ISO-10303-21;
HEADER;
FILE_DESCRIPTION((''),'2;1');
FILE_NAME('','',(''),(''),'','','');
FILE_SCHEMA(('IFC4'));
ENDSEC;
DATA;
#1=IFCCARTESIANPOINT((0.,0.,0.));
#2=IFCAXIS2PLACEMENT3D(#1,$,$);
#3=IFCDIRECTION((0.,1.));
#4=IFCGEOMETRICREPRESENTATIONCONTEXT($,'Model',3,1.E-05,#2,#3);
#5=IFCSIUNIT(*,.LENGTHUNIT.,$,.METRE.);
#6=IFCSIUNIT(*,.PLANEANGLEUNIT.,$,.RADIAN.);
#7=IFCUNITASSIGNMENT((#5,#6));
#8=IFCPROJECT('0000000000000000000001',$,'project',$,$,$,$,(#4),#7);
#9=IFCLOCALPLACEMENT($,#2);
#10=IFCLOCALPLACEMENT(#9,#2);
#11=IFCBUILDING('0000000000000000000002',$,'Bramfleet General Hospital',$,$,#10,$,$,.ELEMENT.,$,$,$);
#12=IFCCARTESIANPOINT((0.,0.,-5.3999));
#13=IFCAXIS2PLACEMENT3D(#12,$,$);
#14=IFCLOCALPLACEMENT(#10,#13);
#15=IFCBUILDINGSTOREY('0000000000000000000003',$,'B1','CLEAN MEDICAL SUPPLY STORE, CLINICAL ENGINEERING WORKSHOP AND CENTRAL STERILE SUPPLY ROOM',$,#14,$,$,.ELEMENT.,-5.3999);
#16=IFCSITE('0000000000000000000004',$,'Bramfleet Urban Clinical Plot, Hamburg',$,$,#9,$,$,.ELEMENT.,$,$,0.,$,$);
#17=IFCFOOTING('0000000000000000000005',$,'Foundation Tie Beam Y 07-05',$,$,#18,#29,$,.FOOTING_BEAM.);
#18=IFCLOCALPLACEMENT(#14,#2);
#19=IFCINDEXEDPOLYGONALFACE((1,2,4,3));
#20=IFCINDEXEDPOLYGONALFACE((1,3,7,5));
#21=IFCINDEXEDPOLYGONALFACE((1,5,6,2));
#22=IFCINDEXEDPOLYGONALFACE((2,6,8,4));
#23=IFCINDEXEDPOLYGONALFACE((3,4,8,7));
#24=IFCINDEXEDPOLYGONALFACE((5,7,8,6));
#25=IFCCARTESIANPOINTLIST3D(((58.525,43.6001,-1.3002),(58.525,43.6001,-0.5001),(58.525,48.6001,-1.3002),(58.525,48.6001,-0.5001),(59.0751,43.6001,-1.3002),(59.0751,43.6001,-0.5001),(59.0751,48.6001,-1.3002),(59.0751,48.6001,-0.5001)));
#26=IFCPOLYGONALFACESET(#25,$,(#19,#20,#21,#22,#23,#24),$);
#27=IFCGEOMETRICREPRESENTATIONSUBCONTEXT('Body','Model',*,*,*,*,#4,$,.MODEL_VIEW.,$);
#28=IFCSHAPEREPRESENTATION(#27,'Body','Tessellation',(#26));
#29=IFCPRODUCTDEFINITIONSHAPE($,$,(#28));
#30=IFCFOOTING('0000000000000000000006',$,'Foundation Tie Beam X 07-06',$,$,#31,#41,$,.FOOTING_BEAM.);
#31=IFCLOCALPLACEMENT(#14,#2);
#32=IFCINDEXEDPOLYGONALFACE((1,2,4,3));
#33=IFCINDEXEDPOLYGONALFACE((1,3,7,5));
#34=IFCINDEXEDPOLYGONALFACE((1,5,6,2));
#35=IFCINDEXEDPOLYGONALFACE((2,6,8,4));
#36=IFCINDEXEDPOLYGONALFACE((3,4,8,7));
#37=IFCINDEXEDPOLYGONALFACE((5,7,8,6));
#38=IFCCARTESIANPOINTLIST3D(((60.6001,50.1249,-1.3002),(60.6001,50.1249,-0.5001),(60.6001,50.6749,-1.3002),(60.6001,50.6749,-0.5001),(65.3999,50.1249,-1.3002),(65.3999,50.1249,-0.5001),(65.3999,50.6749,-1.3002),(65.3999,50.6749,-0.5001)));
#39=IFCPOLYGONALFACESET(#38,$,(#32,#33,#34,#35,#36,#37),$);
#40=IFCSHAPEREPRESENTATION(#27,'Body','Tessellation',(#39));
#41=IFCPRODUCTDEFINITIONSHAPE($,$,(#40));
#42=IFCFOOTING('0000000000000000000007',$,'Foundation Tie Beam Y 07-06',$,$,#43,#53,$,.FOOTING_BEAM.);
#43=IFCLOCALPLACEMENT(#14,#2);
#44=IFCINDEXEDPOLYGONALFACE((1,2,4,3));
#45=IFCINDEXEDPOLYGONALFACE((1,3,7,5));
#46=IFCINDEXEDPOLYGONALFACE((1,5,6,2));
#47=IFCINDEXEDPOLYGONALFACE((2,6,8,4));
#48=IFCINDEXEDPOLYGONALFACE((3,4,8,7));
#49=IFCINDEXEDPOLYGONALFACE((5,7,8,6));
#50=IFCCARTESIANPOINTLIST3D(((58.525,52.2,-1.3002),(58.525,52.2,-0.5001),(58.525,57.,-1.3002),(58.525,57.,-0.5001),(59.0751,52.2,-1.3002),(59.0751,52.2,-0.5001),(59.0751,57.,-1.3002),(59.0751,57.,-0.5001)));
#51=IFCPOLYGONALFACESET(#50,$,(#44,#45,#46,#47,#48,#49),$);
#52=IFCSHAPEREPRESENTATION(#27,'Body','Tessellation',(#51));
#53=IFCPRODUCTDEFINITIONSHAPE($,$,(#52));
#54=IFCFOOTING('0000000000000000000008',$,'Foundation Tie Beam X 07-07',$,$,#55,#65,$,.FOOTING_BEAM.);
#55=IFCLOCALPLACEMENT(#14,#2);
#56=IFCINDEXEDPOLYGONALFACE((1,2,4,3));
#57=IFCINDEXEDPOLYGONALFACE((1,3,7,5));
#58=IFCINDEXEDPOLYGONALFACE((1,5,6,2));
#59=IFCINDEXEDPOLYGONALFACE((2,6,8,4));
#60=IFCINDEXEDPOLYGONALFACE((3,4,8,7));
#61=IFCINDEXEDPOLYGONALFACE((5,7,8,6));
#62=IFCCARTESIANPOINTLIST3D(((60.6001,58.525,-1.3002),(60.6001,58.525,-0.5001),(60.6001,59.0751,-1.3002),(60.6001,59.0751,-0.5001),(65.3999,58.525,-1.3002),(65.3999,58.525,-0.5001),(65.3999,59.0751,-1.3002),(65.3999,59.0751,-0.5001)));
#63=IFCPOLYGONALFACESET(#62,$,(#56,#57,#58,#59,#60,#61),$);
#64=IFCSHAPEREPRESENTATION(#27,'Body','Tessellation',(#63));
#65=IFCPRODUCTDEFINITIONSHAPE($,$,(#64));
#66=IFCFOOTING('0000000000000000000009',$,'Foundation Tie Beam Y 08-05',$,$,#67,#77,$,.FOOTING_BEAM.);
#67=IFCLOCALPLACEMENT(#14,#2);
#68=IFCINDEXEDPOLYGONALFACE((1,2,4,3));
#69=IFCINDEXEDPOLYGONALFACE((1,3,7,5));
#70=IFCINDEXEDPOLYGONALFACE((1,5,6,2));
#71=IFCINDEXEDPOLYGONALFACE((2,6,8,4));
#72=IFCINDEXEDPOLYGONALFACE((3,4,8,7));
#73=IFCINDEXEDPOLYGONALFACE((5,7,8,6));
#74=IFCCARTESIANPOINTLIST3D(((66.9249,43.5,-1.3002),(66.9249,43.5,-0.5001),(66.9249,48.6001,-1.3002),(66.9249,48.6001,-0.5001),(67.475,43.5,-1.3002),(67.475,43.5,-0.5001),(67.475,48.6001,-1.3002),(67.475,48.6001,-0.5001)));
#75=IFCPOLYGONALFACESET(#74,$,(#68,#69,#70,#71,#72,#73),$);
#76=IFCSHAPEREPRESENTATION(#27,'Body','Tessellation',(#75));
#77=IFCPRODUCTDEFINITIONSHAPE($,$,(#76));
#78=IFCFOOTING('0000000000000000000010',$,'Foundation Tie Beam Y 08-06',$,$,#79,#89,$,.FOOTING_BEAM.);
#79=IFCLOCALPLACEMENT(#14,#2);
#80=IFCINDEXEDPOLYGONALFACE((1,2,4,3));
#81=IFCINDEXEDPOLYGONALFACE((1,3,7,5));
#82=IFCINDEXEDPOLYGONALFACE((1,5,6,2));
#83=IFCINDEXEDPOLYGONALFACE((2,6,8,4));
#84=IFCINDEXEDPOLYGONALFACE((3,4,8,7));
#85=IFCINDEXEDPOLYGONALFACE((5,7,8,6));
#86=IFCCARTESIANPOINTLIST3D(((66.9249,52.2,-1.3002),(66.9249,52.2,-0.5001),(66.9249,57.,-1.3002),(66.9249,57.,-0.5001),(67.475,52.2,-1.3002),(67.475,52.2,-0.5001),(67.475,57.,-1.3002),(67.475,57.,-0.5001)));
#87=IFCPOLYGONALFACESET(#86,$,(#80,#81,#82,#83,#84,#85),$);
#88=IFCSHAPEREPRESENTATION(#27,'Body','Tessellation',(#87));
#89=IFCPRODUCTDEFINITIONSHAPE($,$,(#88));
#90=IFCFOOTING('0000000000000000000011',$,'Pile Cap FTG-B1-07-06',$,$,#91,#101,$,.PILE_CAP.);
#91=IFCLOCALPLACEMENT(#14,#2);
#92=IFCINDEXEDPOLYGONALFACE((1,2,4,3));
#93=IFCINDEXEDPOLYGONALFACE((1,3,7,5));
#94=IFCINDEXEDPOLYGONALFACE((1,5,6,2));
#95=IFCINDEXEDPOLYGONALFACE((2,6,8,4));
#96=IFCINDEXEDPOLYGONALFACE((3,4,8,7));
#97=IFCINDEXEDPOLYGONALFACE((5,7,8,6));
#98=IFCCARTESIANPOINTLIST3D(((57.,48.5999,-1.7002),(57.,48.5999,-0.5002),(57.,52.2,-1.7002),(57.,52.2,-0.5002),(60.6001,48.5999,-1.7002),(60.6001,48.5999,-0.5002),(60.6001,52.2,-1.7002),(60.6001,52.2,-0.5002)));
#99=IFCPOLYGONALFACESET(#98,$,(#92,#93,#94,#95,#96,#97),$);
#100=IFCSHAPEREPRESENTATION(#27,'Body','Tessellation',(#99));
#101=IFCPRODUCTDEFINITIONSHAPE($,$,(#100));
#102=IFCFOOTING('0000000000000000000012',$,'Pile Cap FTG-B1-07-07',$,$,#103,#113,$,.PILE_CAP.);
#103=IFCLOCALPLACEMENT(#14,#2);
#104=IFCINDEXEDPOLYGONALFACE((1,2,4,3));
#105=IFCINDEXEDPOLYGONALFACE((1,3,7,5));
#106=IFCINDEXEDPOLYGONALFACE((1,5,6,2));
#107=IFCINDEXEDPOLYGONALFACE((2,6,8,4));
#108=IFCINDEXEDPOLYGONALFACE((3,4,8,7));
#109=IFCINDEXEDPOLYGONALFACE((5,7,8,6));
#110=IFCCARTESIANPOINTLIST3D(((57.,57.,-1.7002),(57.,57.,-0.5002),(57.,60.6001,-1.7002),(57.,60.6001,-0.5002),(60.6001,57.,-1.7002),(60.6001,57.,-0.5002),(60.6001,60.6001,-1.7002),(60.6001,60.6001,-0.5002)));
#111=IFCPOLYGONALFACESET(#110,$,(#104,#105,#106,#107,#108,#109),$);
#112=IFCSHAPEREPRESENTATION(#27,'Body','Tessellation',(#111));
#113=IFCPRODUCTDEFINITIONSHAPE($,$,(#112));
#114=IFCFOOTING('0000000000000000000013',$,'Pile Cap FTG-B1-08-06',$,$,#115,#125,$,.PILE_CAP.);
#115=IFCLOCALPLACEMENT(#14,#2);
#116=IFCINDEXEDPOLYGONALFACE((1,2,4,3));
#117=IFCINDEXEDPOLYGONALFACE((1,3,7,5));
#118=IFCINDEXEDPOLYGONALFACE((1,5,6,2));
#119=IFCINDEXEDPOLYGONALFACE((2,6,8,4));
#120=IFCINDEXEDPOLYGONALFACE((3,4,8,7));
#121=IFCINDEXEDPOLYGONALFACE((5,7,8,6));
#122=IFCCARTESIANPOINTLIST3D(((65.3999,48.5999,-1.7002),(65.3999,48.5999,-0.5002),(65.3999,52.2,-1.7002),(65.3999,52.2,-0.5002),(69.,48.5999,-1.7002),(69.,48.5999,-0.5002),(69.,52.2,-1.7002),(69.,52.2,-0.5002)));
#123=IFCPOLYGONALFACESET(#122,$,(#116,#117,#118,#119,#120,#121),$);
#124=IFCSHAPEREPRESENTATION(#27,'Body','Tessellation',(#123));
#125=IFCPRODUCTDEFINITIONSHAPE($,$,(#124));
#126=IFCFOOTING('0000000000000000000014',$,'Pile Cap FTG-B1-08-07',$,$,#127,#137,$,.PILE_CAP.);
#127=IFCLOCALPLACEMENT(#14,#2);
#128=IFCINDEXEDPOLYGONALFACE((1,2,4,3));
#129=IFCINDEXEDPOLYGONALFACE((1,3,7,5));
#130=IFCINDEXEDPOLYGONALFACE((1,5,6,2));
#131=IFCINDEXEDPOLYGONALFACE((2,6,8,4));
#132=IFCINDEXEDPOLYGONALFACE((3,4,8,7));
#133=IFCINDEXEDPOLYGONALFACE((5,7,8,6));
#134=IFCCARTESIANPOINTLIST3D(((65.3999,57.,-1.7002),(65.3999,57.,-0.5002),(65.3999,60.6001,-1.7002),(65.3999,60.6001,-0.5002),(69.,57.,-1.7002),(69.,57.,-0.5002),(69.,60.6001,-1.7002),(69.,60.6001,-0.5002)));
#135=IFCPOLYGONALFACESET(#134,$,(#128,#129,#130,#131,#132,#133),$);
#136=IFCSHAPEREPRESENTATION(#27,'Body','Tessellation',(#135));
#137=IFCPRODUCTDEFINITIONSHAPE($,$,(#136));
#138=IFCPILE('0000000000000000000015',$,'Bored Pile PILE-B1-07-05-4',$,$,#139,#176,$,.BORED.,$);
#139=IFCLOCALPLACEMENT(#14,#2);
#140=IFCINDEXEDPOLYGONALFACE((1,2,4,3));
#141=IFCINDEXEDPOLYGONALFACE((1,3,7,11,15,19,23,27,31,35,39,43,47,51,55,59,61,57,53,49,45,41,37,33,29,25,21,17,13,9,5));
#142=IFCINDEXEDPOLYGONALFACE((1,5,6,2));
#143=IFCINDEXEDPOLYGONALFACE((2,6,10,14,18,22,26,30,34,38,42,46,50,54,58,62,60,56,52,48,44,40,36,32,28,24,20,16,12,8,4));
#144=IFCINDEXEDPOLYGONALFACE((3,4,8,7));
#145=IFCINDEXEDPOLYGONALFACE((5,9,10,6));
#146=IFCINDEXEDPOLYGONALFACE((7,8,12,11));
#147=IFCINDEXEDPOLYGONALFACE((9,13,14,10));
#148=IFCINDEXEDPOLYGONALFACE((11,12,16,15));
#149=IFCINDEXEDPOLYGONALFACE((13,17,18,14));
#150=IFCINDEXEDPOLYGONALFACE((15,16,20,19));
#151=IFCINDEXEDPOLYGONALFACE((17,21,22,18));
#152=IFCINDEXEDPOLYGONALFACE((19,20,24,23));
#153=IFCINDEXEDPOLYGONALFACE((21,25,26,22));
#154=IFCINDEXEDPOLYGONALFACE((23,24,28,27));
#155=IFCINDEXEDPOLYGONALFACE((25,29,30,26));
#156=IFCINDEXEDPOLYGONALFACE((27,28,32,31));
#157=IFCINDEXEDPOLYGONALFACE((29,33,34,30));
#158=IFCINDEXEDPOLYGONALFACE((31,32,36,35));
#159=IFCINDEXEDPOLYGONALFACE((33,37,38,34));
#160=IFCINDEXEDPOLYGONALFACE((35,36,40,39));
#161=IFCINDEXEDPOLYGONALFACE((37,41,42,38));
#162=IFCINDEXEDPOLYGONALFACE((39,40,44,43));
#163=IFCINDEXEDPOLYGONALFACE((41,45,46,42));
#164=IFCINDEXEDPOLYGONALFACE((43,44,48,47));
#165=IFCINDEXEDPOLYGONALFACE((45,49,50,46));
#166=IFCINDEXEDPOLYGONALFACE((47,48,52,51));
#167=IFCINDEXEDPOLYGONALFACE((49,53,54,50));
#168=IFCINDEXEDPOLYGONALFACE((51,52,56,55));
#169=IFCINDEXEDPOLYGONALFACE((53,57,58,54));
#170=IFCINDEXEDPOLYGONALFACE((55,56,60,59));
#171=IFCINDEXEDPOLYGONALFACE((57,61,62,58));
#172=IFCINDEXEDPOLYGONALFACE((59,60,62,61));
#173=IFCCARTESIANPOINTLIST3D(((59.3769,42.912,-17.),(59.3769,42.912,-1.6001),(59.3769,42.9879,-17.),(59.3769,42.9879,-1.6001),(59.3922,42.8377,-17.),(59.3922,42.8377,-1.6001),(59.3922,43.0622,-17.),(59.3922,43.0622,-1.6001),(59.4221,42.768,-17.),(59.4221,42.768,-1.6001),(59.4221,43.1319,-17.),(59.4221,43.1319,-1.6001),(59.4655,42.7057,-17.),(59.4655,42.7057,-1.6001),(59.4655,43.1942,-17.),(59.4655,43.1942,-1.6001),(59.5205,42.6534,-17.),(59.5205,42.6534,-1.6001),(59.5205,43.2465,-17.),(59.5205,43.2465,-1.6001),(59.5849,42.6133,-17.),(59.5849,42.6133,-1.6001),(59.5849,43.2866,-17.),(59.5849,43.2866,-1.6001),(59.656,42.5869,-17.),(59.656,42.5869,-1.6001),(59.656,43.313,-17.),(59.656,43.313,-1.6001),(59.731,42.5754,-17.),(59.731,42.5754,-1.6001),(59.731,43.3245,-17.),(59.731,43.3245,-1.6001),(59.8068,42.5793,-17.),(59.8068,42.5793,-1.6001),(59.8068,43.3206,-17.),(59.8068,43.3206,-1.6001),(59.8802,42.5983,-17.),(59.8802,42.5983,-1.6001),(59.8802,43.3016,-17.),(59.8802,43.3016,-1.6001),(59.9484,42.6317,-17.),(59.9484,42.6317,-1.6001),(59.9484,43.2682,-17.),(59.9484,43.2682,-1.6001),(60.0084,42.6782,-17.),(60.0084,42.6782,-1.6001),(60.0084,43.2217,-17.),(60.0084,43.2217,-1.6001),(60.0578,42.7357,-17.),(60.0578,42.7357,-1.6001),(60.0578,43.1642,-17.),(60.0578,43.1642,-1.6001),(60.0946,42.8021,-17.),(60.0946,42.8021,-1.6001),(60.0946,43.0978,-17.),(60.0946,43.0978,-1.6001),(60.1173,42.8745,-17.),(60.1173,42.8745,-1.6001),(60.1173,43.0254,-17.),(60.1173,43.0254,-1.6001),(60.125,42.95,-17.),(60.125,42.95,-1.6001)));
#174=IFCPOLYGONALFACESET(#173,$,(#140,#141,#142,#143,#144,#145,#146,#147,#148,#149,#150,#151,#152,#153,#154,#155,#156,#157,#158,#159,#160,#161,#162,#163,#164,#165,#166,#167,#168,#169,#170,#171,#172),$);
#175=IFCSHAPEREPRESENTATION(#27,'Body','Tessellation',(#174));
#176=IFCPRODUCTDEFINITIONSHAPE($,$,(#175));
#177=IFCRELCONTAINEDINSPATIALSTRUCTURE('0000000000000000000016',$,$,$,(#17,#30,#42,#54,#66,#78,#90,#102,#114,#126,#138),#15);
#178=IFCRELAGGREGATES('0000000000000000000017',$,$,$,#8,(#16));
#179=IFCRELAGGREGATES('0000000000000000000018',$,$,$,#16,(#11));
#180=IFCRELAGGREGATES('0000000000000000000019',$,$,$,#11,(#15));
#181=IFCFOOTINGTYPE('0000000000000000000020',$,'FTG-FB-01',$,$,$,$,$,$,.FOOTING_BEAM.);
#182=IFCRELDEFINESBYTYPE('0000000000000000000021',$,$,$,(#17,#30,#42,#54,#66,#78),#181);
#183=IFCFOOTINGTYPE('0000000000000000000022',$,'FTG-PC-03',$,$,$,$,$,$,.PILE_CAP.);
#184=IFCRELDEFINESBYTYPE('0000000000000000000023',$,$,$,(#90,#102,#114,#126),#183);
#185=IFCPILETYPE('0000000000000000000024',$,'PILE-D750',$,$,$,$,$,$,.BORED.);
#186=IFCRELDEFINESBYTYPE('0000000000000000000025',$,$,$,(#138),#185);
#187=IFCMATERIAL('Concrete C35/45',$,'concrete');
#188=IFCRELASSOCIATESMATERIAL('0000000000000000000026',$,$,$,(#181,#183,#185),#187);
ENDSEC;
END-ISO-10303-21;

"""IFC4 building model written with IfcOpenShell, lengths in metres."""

from ifc_helpers import new_model, si_unit, direction, frame, origin, origin_2d, place, context, subcontext, project, spatial, rectangle, circle, extrude, material, material_profile, profile_set, type_object, element, save


model = new_model("IFC4")

# Units and contexts
model_context = context("Model", 3, precision=1e-05, world=origin(), true_north=direction((0.0, 1.0)))
body_context = subcontext(model_context, "Body", "Model", "MODEL_VIEW")
ifc_project = project(units=[si_unit("LENGTHUNIT", "METRE"), si_unit("PLANEANGLEUNIT", "RADIAN")], contexts=[model_context])

# Site, building, storey
site_placement = place(None, origin())
site = spatial("IfcSite", under=ifc_project, at=site_placement, Name="Bramfleet Urban Clinical Plot, Hamburg", CompositionType="ELEMENT", RefElevation=0.0)
building_placement = place(site_placement, origin())
building = spatial("IfcBuilding", under=site, at=building_placement, Name="Bramfleet General Hospital", CompositionType="ELEMENT")
storey_placement = place(building_placement, frame((0.0, 0.0, -5.3999)))
storey = spatial("IfcBuildingStorey", under=building, at=storey_placement, Name="B1", Description="CLEAN MEDICAL SUPPLY STORE, CLINICAL ENGINEERING WORKSHOP AND CENTRAL STERILE SUPPLY ROOM", CompositionType="ELEMENT", Elevation=-5.3999)

# Footings
ifc_material_1 = material(Name="Concrete C35/45", Category="concrete")
ifc_material_profile_1 = material_profile(ifc_material_1, rectangle(XDim=0.55, YDim=0.8, at=origin_2d()), Name="RC FB 800x550")
ifc_profile_set_1 = profile_set([ifc_material_profile_1], Name="Concrete C35/45")
footing_type_1 = type_object("IfcFootingType", Name="FTG-FB-01", PredefinedType="FOOTING_BEAM", material=ifc_profile_set_1)
footing_1_placement = place(storey_placement, frame((58.8, 43.6001, -0.9001), z_axis=(0.0, 1.0, 0.0), x_axis=(-1.0, 0.0, 0.0)))
element("IfcFooting", 1, at=footing_1_placement, inside=storey, type_object=footing_type_1, Name="Foundation Tie Beam Y 07-05", PredefinedType="FOOTING_BEAM", context=body_context, shape_type="SweptSolid", body=[
    extrude(rectangle(XDim=0.55, YDim=0.8, at=origin_2d()), origin(), (0.0, 0.0, 1.0), 5.0),
])
footing_2_placement = place(storey_placement, frame((60.6001, 50.3999, -0.9001), z_axis=(1.0, 0.0, 0.0), x_axis=(0.0, 1.0, 0.0)))
element("IfcFooting", 2, at=footing_2_placement, inside=storey, type_object=footing_type_1, Name="Foundation Tie Beam X 07-06", PredefinedType="FOOTING_BEAM", context=body_context, shape_type="SweptSolid", body=[
    extrude(rectangle(XDim=0.55, YDim=0.8, at=origin_2d()), origin(), (0.0, 0.0, 1.0), 4.7998),
])
footing_3_placement = place(storey_placement, frame((58.8, 52.2, -0.9001), z_axis=(0.0, 1.0, 0.0), x_axis=(-1.0, 0.0, 0.0)))
element("IfcFooting", 3, at=footing_3_placement, inside=storey, type_object=footing_type_1, Name="Foundation Tie Beam Y 07-06", PredefinedType="FOOTING_BEAM", context=body_context, shape_type="SweptSolid", body=[
    extrude(rectangle(XDim=0.55, YDim=0.8, at=origin_2d()), origin(), (0.0, 0.0, 1.0), 4.8),
])
footing_4_placement = place(storey_placement, frame((60.6001, 58.8, -0.9001), z_axis=(1.0, 0.0, 0.0), x_axis=(0.0, 1.0, 0.0)))
element("IfcFooting", 4, at=footing_4_placement, inside=storey, type_object=footing_type_1, Name="Foundation Tie Beam X 07-07", PredefinedType="FOOTING_BEAM", context=body_context, shape_type="SweptSolid", body=[
    extrude(rectangle(XDim=0.55, YDim=0.8, at=origin_2d()), origin(), (0.0, 0.0, 1.0), 4.7998),
])
footing_5_placement = place(storey_placement, frame((67.2, 43.5, -0.9001), z_axis=(0.0, 1.0, 0.0), x_axis=(-1.0, 0.0, 0.0)))
element("IfcFooting", 5, at=footing_5_placement, inside=storey, type_object=footing_type_1, Name="Foundation Tie Beam Y 08-05", PredefinedType="FOOTING_BEAM", context=body_context, shape_type="SweptSolid", body=[
    extrude(rectangle(XDim=0.55, YDim=0.8, at=origin_2d()), origin(), (0.0, 0.0, 1.0), 5.1001),
])
footing_6_placement = place(storey_placement, frame((67.2, 52.2, -0.9001), z_axis=(0.0, 1.0, 0.0), x_axis=(-1.0, 0.0, 0.0)))
element("IfcFooting", 6, at=footing_6_placement, inside=storey, type_object=footing_type_1, Name="Foundation Tie Beam Y 08-06", PredefinedType="FOOTING_BEAM", context=body_context, shape_type="SweptSolid", body=[
    extrude(rectangle(XDim=0.55, YDim=0.8, at=origin_2d()), origin(), (0.0, 0.0, 1.0), 4.8),
])
footing_type_2 = type_object("IfcFootingType", Name="FTG-PC-03", PredefinedType="PILE_CAP", material=ifc_material_1)
for number, where, z_axis, x_axis, name in (
    (7, (58.8, 50.3999, -1.7002), (0.0, 0.0, 1.0), (1.0, 0.0, 0.0), "Pile Cap FTG-B1-07-06"),
    (8, (58.8, 58.8, -1.7002), (0.0, 0.0, 1.0), (1.0, 0.0, 0.0), "Pile Cap FTG-B1-07-07"),
    (9, (67.2, 50.3999, -1.7002), (0.0, 0.0, 1.0), (1.0, 0.0, 0.0), "Pile Cap FTG-B1-08-06"),
    (10, (67.2, 58.8, -1.7002), (0.0, 0.0, 1.0), (1.0, 0.0, 0.0), "Pile Cap FTG-B1-08-07"),
):
    element("IfcFooting", number, at=place(storey_placement, frame(where, z_axis=z_axis, x_axis=x_axis)), inside=storey, type_object=footing_type_2, Name=name, PredefinedType="PILE_CAP", context=body_context, shape_type="SweptSolid", body=[
        extrude(rectangle(XDim=3.6001, YDim=3.6001, at=origin_2d()), origin(), (0.0, 0.0, 1.0), 1.2),
    ])

# Pile
ifc_material_profile_2 = material_profile(ifc_material_1, circle(Radius=0.375, at=origin_2d()), Name="PILE BORED D750")
ifc_profile_set_2 = profile_set([ifc_material_profile_2], Name="Concrete C35/45")
pile_type_1 = type_object("IfcPileType", Name="PILE-D750", PredefinedType="BORED", material=ifc_profile_set_2)
pile_placement = place(storey_placement, frame((59.75, 42.95, -1.6001), z_axis=(0.0, 0.0, -1.0), x_axis=(1.0, 0.0, 0.0)))
element("IfcPile", 11, at=pile_placement, inside=storey, type_object=pile_type_1, Name="Bored Pile PILE-B1-07-05-4", PredefinedType="BORED", context=body_context, shape_type="SweptSolid", body=[
    extrude(circle(Radius=0.375, at=origin_2d()), origin(), (0.0, 0.0, 1.0), 15.3999),
])

save(model, "model.ifc")
